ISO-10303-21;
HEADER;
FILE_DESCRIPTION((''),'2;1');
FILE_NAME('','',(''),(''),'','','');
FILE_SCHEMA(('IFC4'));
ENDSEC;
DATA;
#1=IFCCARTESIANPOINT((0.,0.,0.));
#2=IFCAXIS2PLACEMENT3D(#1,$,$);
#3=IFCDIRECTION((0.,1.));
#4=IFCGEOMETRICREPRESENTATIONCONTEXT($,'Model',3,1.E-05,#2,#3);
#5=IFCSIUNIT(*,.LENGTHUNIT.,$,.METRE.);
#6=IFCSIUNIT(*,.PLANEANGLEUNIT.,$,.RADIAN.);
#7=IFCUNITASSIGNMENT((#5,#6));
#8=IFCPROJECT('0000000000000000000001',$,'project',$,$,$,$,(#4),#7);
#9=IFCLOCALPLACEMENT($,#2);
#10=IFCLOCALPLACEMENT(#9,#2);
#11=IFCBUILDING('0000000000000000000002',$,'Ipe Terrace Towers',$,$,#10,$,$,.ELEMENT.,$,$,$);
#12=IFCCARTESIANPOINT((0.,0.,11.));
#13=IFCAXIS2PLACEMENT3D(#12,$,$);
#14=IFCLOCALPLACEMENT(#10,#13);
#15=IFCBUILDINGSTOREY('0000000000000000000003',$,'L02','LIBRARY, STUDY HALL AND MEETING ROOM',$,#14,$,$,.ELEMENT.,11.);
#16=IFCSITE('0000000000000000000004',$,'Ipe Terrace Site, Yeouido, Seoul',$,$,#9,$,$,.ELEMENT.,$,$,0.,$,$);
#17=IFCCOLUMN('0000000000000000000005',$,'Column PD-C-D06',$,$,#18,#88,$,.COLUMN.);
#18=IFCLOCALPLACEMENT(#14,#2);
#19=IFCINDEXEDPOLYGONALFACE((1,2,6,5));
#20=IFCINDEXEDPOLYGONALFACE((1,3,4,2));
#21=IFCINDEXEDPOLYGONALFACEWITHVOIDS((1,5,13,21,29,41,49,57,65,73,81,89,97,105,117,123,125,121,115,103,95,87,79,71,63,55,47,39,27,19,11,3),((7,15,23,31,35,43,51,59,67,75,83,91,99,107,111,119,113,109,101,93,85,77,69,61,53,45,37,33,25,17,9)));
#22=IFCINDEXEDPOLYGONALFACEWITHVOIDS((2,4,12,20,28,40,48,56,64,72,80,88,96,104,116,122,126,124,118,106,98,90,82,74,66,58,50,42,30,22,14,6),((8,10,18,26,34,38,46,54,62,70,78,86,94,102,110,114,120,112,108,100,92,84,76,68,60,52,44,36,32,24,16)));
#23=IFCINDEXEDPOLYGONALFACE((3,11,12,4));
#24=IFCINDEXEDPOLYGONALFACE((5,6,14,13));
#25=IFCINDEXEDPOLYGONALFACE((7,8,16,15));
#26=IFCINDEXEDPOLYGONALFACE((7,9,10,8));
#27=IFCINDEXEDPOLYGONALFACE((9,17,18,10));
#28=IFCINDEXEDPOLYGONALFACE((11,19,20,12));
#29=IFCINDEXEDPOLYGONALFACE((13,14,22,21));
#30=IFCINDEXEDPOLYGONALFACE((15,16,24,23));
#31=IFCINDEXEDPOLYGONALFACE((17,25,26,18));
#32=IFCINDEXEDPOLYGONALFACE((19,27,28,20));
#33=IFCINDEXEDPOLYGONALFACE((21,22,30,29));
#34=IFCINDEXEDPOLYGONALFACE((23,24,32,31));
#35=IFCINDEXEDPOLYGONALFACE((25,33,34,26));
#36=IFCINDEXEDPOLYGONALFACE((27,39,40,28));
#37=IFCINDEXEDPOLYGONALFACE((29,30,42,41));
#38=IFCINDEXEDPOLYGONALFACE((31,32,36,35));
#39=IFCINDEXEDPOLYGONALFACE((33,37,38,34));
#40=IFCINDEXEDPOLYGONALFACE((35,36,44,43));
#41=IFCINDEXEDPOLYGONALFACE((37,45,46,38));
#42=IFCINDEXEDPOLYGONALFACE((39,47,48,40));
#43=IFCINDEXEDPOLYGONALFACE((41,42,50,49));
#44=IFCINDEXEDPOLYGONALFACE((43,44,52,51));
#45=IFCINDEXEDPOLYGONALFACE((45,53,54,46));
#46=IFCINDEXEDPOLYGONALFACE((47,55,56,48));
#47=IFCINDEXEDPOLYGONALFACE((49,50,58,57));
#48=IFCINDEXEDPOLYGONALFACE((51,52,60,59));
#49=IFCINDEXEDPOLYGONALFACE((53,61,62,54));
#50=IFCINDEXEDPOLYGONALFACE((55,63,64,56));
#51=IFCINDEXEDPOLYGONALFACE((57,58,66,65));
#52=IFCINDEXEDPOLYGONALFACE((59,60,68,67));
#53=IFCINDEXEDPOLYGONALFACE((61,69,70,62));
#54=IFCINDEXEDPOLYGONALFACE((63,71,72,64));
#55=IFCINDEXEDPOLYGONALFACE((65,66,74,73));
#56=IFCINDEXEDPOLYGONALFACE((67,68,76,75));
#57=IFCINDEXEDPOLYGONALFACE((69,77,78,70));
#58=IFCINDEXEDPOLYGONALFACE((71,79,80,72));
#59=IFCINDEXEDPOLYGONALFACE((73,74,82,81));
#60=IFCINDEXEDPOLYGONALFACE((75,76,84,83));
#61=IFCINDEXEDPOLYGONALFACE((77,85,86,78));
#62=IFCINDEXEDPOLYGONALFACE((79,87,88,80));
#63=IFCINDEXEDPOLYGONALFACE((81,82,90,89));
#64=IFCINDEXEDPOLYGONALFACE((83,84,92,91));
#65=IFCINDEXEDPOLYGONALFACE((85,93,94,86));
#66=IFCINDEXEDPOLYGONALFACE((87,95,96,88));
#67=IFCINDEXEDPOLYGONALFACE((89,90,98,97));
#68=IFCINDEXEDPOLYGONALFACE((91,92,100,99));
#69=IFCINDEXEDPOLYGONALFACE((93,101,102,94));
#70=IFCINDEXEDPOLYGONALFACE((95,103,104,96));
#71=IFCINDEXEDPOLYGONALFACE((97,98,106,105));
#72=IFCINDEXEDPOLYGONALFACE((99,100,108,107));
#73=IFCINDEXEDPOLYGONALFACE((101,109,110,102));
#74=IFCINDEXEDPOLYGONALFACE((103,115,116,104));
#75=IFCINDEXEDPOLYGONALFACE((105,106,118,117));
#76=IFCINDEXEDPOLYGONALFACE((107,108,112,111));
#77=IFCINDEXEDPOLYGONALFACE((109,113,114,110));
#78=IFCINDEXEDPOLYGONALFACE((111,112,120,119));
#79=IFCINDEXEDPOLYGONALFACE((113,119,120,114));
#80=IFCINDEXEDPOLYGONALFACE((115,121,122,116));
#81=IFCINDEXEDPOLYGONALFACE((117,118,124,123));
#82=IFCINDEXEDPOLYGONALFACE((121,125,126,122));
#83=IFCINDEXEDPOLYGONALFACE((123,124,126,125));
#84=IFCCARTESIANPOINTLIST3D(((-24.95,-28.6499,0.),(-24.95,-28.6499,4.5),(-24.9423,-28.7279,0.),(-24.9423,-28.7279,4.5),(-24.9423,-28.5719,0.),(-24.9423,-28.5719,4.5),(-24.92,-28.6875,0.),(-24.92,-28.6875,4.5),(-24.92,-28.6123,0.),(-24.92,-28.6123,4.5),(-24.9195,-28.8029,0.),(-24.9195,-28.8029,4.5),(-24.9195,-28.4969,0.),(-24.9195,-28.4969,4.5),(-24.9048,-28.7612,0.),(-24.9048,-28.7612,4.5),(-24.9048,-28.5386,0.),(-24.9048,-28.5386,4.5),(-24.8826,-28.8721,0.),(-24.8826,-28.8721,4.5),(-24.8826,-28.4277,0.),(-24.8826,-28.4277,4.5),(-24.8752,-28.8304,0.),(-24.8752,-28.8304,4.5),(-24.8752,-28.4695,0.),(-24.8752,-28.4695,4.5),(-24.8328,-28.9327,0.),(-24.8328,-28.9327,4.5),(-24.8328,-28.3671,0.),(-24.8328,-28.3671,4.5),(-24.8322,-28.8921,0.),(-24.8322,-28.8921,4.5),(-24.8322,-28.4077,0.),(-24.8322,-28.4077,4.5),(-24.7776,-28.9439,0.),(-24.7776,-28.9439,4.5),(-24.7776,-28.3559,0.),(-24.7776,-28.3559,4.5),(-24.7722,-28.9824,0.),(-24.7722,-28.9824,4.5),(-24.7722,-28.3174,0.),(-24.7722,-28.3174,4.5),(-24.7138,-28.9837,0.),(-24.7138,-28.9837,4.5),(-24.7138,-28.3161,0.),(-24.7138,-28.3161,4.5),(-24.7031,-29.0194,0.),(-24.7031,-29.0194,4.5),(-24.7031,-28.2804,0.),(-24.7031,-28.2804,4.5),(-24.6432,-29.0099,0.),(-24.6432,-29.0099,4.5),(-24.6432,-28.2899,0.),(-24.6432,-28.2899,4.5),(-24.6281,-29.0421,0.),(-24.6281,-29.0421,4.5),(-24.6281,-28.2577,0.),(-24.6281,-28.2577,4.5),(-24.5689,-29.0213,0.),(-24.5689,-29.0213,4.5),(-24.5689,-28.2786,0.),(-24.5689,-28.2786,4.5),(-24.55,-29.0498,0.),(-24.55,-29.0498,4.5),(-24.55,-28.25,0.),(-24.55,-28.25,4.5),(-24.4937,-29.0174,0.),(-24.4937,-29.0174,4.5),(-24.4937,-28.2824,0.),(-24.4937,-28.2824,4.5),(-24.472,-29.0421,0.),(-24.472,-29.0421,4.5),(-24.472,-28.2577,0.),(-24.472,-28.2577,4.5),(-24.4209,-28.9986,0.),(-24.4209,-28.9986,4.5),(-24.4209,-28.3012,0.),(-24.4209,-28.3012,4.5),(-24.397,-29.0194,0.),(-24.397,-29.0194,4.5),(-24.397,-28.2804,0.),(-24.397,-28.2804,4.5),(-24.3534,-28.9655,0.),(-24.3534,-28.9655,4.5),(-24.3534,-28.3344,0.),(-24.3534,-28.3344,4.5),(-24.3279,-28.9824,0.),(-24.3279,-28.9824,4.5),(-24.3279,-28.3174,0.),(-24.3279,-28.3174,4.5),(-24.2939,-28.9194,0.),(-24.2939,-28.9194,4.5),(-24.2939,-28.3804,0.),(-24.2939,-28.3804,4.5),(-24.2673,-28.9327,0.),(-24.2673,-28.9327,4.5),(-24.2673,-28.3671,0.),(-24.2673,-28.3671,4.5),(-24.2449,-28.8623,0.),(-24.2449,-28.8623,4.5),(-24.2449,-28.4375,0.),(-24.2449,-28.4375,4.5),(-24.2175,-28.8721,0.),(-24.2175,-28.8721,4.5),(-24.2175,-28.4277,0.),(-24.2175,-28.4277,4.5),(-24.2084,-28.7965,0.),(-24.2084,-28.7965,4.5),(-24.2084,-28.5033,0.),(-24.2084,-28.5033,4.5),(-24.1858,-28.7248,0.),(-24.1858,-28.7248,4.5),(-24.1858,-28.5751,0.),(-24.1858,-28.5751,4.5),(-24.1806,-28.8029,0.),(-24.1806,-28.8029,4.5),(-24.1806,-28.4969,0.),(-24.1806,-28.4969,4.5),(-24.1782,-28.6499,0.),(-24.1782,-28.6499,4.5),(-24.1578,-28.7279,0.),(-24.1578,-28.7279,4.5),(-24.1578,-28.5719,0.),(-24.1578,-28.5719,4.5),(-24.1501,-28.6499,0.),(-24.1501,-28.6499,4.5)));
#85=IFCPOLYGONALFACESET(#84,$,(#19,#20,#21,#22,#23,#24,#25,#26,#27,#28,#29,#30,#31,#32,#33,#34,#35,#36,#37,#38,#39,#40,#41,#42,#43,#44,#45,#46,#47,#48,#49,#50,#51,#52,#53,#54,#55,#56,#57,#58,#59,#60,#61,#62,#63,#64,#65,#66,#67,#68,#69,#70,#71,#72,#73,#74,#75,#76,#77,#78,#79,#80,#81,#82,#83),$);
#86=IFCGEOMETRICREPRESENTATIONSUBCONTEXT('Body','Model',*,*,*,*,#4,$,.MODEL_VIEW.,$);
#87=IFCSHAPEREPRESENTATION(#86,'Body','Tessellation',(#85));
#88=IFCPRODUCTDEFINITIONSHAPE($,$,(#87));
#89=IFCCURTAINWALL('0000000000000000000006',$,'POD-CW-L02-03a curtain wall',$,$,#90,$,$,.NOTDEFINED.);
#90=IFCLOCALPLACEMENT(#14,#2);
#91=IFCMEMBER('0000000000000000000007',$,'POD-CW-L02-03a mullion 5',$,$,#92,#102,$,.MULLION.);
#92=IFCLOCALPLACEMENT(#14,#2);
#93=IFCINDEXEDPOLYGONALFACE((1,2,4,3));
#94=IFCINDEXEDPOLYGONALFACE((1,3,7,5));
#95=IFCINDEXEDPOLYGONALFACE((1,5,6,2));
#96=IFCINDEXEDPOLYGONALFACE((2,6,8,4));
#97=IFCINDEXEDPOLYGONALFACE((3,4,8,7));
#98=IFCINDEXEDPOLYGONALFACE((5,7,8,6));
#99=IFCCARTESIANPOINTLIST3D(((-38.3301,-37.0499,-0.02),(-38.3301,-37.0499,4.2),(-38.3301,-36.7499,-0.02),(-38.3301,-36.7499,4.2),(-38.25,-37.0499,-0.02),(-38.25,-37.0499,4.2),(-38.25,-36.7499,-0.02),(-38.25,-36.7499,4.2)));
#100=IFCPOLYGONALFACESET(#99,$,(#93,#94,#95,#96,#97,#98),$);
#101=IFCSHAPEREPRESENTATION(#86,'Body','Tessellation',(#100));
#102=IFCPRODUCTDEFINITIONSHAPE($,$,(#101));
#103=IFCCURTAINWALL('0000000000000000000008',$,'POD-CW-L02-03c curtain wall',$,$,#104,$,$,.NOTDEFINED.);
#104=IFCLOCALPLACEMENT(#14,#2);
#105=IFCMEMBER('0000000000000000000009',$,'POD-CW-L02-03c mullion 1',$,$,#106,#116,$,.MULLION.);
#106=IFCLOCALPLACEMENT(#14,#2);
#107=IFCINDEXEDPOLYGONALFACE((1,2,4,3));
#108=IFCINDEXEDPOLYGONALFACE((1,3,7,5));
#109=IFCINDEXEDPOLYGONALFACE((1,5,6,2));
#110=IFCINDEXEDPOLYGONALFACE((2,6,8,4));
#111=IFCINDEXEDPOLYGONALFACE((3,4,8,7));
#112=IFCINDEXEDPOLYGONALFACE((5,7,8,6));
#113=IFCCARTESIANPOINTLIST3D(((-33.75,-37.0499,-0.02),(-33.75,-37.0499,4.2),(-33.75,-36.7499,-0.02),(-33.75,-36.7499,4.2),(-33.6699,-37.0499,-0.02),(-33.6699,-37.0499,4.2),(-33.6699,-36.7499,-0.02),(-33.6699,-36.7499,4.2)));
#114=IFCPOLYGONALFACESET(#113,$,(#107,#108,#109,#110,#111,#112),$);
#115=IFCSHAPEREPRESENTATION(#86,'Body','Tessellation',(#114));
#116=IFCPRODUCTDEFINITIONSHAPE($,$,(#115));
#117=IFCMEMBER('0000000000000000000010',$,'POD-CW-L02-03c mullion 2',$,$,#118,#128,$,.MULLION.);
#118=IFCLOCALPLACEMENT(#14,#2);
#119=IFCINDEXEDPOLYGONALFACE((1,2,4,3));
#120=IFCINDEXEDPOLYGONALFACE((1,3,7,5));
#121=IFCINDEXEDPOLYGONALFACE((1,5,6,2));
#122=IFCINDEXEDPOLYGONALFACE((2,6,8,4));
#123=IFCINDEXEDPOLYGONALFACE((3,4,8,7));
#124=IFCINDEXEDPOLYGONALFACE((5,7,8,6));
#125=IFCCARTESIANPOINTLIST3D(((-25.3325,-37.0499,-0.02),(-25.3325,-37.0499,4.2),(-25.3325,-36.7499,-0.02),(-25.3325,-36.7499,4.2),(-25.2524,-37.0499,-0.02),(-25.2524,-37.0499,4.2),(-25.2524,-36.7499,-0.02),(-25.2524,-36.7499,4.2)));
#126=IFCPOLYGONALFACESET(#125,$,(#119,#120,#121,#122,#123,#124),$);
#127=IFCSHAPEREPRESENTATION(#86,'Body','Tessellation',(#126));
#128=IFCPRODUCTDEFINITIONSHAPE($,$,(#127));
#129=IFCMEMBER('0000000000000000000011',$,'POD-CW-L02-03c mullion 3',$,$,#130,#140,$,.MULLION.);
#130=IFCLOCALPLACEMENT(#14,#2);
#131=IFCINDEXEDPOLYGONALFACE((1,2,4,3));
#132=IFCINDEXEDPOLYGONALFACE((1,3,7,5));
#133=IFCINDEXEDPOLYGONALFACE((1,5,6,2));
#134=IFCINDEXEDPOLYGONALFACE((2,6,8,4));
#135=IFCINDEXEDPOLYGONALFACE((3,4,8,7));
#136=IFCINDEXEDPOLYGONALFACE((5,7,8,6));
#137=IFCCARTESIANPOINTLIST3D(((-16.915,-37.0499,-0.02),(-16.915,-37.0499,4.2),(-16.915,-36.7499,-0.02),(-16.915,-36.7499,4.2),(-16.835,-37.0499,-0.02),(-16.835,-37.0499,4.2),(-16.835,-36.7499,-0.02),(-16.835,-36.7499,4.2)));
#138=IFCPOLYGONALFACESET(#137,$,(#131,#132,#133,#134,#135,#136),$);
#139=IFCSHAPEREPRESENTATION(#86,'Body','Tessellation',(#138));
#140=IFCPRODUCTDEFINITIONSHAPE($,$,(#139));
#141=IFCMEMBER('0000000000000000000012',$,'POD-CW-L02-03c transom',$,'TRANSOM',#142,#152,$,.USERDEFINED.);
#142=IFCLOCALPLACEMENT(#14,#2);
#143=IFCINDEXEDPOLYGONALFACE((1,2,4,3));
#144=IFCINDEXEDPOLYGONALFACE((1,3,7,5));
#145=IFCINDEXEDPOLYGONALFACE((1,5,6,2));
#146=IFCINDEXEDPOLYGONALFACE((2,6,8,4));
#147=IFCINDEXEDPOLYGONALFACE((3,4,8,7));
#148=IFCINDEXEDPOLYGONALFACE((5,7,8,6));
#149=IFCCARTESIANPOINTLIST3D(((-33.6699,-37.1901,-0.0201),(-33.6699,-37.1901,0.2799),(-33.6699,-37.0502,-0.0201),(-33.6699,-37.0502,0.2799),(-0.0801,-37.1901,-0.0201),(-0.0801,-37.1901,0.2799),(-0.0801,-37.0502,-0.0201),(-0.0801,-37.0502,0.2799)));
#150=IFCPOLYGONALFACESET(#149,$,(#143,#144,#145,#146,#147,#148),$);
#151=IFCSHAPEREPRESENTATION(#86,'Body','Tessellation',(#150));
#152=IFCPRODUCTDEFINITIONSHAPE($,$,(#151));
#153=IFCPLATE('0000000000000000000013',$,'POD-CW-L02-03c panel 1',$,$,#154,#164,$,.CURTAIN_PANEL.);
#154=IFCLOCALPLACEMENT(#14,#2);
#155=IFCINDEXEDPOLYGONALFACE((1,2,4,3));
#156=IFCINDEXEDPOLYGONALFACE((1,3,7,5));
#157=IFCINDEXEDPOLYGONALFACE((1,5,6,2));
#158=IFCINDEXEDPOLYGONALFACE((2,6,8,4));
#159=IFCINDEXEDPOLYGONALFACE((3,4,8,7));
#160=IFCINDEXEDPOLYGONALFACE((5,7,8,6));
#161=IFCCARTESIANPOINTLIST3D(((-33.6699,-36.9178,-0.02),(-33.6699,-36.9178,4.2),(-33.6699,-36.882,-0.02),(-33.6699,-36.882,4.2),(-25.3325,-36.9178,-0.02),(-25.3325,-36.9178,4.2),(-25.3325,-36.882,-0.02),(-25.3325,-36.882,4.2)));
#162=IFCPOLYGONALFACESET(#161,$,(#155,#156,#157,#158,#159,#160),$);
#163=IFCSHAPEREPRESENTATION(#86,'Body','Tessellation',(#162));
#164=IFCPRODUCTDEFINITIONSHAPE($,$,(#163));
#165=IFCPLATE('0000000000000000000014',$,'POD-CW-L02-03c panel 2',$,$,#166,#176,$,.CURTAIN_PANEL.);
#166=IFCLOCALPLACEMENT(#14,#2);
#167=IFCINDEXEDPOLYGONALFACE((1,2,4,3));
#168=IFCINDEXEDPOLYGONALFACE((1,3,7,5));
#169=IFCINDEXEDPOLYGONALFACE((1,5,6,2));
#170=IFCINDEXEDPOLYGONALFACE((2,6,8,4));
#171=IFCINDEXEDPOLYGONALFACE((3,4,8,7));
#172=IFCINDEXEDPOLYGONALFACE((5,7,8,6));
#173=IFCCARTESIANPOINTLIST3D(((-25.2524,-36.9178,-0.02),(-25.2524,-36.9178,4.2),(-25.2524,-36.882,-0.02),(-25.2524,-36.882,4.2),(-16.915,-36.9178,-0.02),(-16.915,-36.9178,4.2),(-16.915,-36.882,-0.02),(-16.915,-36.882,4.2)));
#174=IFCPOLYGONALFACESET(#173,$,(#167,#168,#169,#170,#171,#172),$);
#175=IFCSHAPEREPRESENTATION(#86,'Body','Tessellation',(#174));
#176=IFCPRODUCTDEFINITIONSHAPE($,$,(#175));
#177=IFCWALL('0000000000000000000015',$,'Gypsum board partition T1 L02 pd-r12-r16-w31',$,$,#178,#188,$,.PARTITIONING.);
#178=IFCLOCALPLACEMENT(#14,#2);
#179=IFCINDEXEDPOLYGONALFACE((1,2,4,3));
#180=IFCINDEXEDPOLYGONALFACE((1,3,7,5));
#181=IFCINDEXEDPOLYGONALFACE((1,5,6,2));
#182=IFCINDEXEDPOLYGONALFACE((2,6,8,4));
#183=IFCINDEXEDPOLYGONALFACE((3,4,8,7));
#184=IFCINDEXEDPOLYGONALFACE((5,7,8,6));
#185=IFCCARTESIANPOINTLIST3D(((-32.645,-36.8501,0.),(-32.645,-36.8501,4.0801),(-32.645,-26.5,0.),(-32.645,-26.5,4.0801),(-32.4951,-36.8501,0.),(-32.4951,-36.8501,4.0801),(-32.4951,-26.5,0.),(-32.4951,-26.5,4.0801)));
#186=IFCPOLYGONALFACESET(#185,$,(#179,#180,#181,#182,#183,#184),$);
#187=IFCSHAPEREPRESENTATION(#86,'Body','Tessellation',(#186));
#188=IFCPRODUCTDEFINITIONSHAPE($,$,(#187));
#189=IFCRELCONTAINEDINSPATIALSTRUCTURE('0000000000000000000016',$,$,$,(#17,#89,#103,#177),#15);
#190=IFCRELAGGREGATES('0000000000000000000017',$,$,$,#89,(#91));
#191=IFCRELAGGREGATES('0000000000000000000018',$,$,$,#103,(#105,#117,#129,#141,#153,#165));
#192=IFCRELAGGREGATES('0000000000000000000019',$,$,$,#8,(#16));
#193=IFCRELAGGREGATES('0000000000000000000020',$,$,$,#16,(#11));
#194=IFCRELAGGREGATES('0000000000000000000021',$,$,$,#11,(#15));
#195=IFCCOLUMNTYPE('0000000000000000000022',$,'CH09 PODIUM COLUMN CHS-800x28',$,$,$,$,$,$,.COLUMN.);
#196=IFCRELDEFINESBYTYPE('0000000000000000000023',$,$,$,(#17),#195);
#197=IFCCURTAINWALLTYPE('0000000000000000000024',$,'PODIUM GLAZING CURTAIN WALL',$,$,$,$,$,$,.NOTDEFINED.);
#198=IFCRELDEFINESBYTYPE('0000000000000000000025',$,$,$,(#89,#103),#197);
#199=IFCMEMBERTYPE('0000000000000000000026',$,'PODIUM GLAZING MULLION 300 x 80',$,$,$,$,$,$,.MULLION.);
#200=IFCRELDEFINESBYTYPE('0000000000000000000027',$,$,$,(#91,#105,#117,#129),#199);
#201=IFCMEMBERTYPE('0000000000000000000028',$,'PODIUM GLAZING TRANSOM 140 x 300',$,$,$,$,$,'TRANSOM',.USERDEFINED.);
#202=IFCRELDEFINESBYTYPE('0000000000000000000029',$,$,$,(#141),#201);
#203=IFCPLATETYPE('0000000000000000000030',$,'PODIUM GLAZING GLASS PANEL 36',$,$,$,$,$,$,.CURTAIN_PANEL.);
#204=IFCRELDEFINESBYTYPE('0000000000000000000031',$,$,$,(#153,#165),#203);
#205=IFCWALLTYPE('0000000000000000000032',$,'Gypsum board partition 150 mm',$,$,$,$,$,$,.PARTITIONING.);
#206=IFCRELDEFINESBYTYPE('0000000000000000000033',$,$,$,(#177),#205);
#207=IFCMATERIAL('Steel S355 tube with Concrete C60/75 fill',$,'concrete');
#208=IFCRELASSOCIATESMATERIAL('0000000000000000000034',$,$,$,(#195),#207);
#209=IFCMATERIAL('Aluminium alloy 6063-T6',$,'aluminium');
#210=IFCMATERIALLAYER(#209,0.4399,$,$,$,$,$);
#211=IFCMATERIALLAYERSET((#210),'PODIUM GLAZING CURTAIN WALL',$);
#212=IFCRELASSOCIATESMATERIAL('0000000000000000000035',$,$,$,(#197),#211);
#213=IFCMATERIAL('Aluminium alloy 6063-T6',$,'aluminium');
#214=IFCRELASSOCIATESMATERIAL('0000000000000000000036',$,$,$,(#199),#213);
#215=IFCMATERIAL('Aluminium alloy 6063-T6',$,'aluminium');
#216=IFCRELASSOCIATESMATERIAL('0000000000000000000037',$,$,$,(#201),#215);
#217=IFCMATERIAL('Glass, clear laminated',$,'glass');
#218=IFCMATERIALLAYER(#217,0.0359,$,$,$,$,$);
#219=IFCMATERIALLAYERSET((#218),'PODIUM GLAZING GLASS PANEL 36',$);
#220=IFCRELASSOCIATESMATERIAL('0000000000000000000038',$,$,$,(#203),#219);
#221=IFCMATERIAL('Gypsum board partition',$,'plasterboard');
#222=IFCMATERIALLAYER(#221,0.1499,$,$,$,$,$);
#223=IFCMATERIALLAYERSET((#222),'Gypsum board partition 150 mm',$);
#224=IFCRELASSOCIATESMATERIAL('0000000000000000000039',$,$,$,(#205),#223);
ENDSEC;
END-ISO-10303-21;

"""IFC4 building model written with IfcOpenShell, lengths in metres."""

from ifc_helpers import new_model, si_unit, direction, frame, frame_2d, origin, origin_2d, place, context, subcontext, project, spatial, rectangle, hollow_circle, extrude, material, layer, layer_set, material_profile, profile_set, type_object, element, aggregate, save


model = new_model("IFC4")

# Units and contexts
model_context = context("Model", 3, precision=1e-05, world=origin(), true_north=direction((0.0, 1.0)))
body_context = subcontext(model_context, "Body", "Model", "MODEL_VIEW")
ifc_project = project(units=[si_unit("LENGTHUNIT", "METRE"), si_unit("PLANEANGLEUNIT", "RADIAN")], contexts=[model_context])

# Site, building, storey
site_placement = place(None, origin())
site = spatial("IfcSite", under=ifc_project, at=site_placement, Name="Ipe Terrace Site, Yeouido, Seoul", CompositionType="ELEMENT", RefElevation=0.0)
building_placement = place(site_placement, origin())
building = spatial("IfcBuilding", under=site, at=building_placement, Name="Ipe Terrace Towers", CompositionType="ELEMENT")
storey_placement = place(building_placement, frame((0.0, 0.0, 11.0)))
storey = spatial("IfcBuildingStorey", under=building, at=storey_placement, Name="L02", Description="LIBRARY, STUDY HALL AND MEETING ROOM", CompositionType="ELEMENT", Elevation=11.0)

# Column
ifc_material_1 = material(Name="Steel S355 tube with Concrete C60/75 fill", Category="concrete")
ifc_material_profile_1 = material_profile(ifc_material_1, hollow_circle(Radius=0.3999, WallThickness=0.0281, at=origin_2d()), Name="CHS-800x28")
ifc_profile_set_1 = profile_set([ifc_material_profile_1], Name="Steel S355 tube with Concrete C60/75 fill")
column_type = type_object("IfcColumnType", Name="CH09 PODIUM COLUMN CHS-800x28", PredefinedType="COLUMN", material=ifc_profile_set_1)
for number, where, z_axis, x_axis, name in (
    (1, (-24.55, -28.6499, 0.0), (0.0, 0.0, 1.0), (1.0, 0.0, 0.0), "Column PD-C-D06"),
):
    element("IfcColumn", number, at=place(storey_placement, frame(where, z_axis=z_axis, x_axis=x_axis)), inside=storey, type_object=column_type, Name=name, PredefinedType="COLUMN", context=body_context, shape_type="SweptSolid", body=[
        extrude(hollow_circle(Radius=0.3999, WallThickness=0.0281, at=origin_2d()), origin(), (0.0, 0.0, 1.0), 4.5),
    ])

# Curtain wall, member
ifc_material_2 = material(Name="Aluminium alloy 6063-T6", Category="aluminium")
ifc_layer_1 = layer(ifc_material_2, 0.4399)
ifc_layer_set_1 = layer_set([ifc_layer_1], Name="PODIUM GLAZING CURTAIN WALL")
curtain_wall_type = type_object("IfcCurtainWallType", Name="PODIUM GLAZING CURTAIN WALL", PredefinedType="NOTDEFINED", material=ifc_layer_set_1)
curtain_wall_1_placement = place(storey_placement, origin())
curtain_wall_1 = element("IfcCurtainWall", 2, at=curtain_wall_1_placement, inside=storey, type_object=curtain_wall_type, Name="POD-CW-L02-03a curtain wall", PredefinedType="NOTDEFINED")
ifc_material_3 = material(Name="Aluminium alloy 6063-T6", Category="aluminium")
ifc_material_profile_2 = material_profile(ifc_material_3, rectangle(XDim=0.3, YDim=0.0801, at=origin_2d()), Name="PODIUM GLAZING MULLION 300 x 80")
ifc_profile_set_2 = profile_set([ifc_material_profile_2], Name="Aluminium alloy 6063-T6")
member_type_1 = type_object("IfcMemberType", Name="PODIUM GLAZING MULLION 300 x 80", PredefinedType="MULLION", material=ifc_profile_set_2)
member_1_placement = place(storey_placement, frame((-38.29, -36.8999, -0.02), z_axis=(0.0, 0.0, 1.0), x_axis=(0.0, -1.0, 0.0)))
member_1 = element("IfcMember", 3, at=member_1_placement, type_object=member_type_1, Name="POD-CW-L02-03a mullion 5", PredefinedType="MULLION", context=body_context, shape_type="SweptSolid", body=[
    extrude(rectangle(XDim=0.3, YDim=0.0801, at=origin_2d()), origin(), (0.0, 0.0, 1.0), 4.22),
])
aggregate(curtain_wall_1, [member_1])

# Curtain wall, members, plates
curtain_wall_2_placement = place(storey_placement, origin())
curtain_wall_2 = element("IfcCurtainWall", 4, at=curtain_wall_2_placement, inside=storey, type_object=curtain_wall_type, Name="POD-CW-L02-03c curtain wall", PredefinedType="NOTDEFINED")
member_2_placement = place(storey_placement, frame((-33.71, -36.8999, -0.02), z_axis=(0.0, 0.0, 1.0), x_axis=(0.0, -1.0, 0.0)))
member_2 = element("IfcMember", 5, at=member_2_placement, type_object=member_type_1, Name="POD-CW-L02-03c mullion 1", PredefinedType="MULLION", context=body_context, shape_type="SweptSolid", body=[
    extrude(rectangle(XDim=0.3, YDim=0.0801, at=origin_2d()), origin(), (0.0, 0.0, 1.0), 4.22),
])
member_3_placement = place(storey_placement, frame((-25.2925, -36.8999, -0.02), z_axis=(0.0, 0.0, 1.0), x_axis=(0.0, -1.0, 0.0)))
member_3 = element("IfcMember", 6, at=member_3_placement, type_object=member_type_1, Name="POD-CW-L02-03c mullion 2", PredefinedType="MULLION", context=body_context, shape_type="SweptSolid", body=[
    extrude(rectangle(XDim=0.3, YDim=0.0801, at=origin_2d()), origin(), (0.0, 0.0, 1.0), 4.22),
])
member_4_placement = place(storey_placement, frame((-16.875, -36.8999, -0.02), z_axis=(0.0, 0.0, 1.0), x_axis=(0.0, -1.0, 0.0)))
member_4 = element("IfcMember", 7, at=member_4_placement, type_object=member_type_1, Name="POD-CW-L02-03c mullion 3", PredefinedType="MULLION", context=body_context, shape_type="SweptSolid", body=[
    extrude(rectangle(XDim=0.3, YDim=0.0801, at=origin_2d()), origin(), (0.0, 0.0, 1.0), 4.22),
])
ifc_material_4 = material(Name="Aluminium alloy 6063-T6", Category="aluminium")
ifc_material_profile_3 = material_profile(ifc_material_4, rectangle(XDim=0.1399, YDim=0.3, at=origin_2d()), Name="PODIUM GLAZING TRANSOM 140 x 300")
ifc_profile_set_3 = profile_set([ifc_material_profile_3], Name="Aluminium alloy 6063-T6")
member_type_2 = type_object("IfcMemberType", Name="PODIUM GLAZING TRANSOM 140 x 300", ElementType="TRANSOM", PredefinedType="USERDEFINED", material=ifc_profile_set_3)
member_5_placement = place(storey_placement, frame((-33.6699, -37.1201, 0.1299), z_axis=(1.0, 0.0, 0.0), x_axis=(0.0, -1.0, 0.0)))
member_5 = element("IfcMember", 8, at=member_5_placement, type_object=member_type_2, Name="POD-CW-L02-03c transom", ObjectType="TRANSOM", PredefinedType="USERDEFINED", context=body_context, shape_type="SweptSolid", body=[
    extrude(rectangle(XDim=0.1399, YDim=0.3, at=origin_2d()), origin(), (0.0, 0.0, 1.0), 33.5898),
])
ifc_material_5 = material(Name="Glass, clear laminated", Category="glass")
ifc_layer_2 = layer(ifc_material_5, 0.0359)
ifc_layer_set_2 = layer_set([ifc_layer_2], Name="PODIUM GLAZING GLASS PANEL 36")
plate_type = type_object("IfcPlateType", Name="PODIUM GLAZING GLASS PANEL 36", PredefinedType="CURTAIN_PANEL", material=ifc_layer_set_2)
plate_1_placement = place(storey_placement, frame((-29.5012, -36.8999, -0.02), z_axis=(0.0, 0.0, 1.0), x_axis=(1.0, 0.0, 0.0)))
plate_1 = element("IfcPlate", 9, at=plate_1_placement, type_object=plate_type, Name="POD-CW-L02-03c panel 1", PredefinedType="CURTAIN_PANEL", context=body_context, shape_type="SweptSolid", body=[
    extrude(rectangle(XDim=8.3374, YDim=0.0359, at=origin_2d()), origin(), (0.0, 0.0, 1.0), 4.22),
])
plate_2_placement = place(storey_placement, frame((-21.0837, -36.8999, -0.02), z_axis=(0.0, 0.0, 1.0), x_axis=(1.0, 0.0, 0.0)))
plate_2 = element("IfcPlate", 10, at=plate_2_placement, type_object=plate_type, Name="POD-CW-L02-03c panel 2", PredefinedType="CURTAIN_PANEL", context=body_context, shape_type="SweptSolid", body=[
    extrude(rectangle(XDim=8.3374, YDim=0.0359, at=origin_2d()), origin(), (0.0, 0.0, 1.0), 4.22),
])
aggregate(curtain_wall_2, [member_2, member_3, member_4, member_5, plate_1, plate_2])

# Wall
ifc_material_6 = material(Name="Gypsum board partition", Category="plasterboard")
ifc_layer_3 = layer(ifc_material_6, 0.1499)
ifc_layer_set_3 = layer_set([ifc_layer_3], Name="Gypsum board partition 150 mm")
wall_type_1 = type_object("IfcWallType", Name="Gypsum board partition 150 mm", PredefinedType="PARTITIONING", material=ifc_layer_set_3)
wall_1_placement = place(storey_placement, frame((-32.5701, -26.5, 0.0), z_axis=(0.0, 0.0, 1.0), x_axis=(0.0, -1.0, 0.0)))
element("IfcWall", 11, at=wall_1_placement, inside=storey, type_object=wall_type_1, Name="Gypsum board partition T1 L02 pd-r12-r16-w31", PredefinedType="PARTITIONING", context=body_context, shape_type="SweptSolid", body=[
    extrude(rectangle(XDim=10.3501, YDim=0.1499, at=frame_2d((5.175, 0.0))), origin(), (0.0, 0.0, 1.0), 4.0801),
])

save(model, "model.ifc")
